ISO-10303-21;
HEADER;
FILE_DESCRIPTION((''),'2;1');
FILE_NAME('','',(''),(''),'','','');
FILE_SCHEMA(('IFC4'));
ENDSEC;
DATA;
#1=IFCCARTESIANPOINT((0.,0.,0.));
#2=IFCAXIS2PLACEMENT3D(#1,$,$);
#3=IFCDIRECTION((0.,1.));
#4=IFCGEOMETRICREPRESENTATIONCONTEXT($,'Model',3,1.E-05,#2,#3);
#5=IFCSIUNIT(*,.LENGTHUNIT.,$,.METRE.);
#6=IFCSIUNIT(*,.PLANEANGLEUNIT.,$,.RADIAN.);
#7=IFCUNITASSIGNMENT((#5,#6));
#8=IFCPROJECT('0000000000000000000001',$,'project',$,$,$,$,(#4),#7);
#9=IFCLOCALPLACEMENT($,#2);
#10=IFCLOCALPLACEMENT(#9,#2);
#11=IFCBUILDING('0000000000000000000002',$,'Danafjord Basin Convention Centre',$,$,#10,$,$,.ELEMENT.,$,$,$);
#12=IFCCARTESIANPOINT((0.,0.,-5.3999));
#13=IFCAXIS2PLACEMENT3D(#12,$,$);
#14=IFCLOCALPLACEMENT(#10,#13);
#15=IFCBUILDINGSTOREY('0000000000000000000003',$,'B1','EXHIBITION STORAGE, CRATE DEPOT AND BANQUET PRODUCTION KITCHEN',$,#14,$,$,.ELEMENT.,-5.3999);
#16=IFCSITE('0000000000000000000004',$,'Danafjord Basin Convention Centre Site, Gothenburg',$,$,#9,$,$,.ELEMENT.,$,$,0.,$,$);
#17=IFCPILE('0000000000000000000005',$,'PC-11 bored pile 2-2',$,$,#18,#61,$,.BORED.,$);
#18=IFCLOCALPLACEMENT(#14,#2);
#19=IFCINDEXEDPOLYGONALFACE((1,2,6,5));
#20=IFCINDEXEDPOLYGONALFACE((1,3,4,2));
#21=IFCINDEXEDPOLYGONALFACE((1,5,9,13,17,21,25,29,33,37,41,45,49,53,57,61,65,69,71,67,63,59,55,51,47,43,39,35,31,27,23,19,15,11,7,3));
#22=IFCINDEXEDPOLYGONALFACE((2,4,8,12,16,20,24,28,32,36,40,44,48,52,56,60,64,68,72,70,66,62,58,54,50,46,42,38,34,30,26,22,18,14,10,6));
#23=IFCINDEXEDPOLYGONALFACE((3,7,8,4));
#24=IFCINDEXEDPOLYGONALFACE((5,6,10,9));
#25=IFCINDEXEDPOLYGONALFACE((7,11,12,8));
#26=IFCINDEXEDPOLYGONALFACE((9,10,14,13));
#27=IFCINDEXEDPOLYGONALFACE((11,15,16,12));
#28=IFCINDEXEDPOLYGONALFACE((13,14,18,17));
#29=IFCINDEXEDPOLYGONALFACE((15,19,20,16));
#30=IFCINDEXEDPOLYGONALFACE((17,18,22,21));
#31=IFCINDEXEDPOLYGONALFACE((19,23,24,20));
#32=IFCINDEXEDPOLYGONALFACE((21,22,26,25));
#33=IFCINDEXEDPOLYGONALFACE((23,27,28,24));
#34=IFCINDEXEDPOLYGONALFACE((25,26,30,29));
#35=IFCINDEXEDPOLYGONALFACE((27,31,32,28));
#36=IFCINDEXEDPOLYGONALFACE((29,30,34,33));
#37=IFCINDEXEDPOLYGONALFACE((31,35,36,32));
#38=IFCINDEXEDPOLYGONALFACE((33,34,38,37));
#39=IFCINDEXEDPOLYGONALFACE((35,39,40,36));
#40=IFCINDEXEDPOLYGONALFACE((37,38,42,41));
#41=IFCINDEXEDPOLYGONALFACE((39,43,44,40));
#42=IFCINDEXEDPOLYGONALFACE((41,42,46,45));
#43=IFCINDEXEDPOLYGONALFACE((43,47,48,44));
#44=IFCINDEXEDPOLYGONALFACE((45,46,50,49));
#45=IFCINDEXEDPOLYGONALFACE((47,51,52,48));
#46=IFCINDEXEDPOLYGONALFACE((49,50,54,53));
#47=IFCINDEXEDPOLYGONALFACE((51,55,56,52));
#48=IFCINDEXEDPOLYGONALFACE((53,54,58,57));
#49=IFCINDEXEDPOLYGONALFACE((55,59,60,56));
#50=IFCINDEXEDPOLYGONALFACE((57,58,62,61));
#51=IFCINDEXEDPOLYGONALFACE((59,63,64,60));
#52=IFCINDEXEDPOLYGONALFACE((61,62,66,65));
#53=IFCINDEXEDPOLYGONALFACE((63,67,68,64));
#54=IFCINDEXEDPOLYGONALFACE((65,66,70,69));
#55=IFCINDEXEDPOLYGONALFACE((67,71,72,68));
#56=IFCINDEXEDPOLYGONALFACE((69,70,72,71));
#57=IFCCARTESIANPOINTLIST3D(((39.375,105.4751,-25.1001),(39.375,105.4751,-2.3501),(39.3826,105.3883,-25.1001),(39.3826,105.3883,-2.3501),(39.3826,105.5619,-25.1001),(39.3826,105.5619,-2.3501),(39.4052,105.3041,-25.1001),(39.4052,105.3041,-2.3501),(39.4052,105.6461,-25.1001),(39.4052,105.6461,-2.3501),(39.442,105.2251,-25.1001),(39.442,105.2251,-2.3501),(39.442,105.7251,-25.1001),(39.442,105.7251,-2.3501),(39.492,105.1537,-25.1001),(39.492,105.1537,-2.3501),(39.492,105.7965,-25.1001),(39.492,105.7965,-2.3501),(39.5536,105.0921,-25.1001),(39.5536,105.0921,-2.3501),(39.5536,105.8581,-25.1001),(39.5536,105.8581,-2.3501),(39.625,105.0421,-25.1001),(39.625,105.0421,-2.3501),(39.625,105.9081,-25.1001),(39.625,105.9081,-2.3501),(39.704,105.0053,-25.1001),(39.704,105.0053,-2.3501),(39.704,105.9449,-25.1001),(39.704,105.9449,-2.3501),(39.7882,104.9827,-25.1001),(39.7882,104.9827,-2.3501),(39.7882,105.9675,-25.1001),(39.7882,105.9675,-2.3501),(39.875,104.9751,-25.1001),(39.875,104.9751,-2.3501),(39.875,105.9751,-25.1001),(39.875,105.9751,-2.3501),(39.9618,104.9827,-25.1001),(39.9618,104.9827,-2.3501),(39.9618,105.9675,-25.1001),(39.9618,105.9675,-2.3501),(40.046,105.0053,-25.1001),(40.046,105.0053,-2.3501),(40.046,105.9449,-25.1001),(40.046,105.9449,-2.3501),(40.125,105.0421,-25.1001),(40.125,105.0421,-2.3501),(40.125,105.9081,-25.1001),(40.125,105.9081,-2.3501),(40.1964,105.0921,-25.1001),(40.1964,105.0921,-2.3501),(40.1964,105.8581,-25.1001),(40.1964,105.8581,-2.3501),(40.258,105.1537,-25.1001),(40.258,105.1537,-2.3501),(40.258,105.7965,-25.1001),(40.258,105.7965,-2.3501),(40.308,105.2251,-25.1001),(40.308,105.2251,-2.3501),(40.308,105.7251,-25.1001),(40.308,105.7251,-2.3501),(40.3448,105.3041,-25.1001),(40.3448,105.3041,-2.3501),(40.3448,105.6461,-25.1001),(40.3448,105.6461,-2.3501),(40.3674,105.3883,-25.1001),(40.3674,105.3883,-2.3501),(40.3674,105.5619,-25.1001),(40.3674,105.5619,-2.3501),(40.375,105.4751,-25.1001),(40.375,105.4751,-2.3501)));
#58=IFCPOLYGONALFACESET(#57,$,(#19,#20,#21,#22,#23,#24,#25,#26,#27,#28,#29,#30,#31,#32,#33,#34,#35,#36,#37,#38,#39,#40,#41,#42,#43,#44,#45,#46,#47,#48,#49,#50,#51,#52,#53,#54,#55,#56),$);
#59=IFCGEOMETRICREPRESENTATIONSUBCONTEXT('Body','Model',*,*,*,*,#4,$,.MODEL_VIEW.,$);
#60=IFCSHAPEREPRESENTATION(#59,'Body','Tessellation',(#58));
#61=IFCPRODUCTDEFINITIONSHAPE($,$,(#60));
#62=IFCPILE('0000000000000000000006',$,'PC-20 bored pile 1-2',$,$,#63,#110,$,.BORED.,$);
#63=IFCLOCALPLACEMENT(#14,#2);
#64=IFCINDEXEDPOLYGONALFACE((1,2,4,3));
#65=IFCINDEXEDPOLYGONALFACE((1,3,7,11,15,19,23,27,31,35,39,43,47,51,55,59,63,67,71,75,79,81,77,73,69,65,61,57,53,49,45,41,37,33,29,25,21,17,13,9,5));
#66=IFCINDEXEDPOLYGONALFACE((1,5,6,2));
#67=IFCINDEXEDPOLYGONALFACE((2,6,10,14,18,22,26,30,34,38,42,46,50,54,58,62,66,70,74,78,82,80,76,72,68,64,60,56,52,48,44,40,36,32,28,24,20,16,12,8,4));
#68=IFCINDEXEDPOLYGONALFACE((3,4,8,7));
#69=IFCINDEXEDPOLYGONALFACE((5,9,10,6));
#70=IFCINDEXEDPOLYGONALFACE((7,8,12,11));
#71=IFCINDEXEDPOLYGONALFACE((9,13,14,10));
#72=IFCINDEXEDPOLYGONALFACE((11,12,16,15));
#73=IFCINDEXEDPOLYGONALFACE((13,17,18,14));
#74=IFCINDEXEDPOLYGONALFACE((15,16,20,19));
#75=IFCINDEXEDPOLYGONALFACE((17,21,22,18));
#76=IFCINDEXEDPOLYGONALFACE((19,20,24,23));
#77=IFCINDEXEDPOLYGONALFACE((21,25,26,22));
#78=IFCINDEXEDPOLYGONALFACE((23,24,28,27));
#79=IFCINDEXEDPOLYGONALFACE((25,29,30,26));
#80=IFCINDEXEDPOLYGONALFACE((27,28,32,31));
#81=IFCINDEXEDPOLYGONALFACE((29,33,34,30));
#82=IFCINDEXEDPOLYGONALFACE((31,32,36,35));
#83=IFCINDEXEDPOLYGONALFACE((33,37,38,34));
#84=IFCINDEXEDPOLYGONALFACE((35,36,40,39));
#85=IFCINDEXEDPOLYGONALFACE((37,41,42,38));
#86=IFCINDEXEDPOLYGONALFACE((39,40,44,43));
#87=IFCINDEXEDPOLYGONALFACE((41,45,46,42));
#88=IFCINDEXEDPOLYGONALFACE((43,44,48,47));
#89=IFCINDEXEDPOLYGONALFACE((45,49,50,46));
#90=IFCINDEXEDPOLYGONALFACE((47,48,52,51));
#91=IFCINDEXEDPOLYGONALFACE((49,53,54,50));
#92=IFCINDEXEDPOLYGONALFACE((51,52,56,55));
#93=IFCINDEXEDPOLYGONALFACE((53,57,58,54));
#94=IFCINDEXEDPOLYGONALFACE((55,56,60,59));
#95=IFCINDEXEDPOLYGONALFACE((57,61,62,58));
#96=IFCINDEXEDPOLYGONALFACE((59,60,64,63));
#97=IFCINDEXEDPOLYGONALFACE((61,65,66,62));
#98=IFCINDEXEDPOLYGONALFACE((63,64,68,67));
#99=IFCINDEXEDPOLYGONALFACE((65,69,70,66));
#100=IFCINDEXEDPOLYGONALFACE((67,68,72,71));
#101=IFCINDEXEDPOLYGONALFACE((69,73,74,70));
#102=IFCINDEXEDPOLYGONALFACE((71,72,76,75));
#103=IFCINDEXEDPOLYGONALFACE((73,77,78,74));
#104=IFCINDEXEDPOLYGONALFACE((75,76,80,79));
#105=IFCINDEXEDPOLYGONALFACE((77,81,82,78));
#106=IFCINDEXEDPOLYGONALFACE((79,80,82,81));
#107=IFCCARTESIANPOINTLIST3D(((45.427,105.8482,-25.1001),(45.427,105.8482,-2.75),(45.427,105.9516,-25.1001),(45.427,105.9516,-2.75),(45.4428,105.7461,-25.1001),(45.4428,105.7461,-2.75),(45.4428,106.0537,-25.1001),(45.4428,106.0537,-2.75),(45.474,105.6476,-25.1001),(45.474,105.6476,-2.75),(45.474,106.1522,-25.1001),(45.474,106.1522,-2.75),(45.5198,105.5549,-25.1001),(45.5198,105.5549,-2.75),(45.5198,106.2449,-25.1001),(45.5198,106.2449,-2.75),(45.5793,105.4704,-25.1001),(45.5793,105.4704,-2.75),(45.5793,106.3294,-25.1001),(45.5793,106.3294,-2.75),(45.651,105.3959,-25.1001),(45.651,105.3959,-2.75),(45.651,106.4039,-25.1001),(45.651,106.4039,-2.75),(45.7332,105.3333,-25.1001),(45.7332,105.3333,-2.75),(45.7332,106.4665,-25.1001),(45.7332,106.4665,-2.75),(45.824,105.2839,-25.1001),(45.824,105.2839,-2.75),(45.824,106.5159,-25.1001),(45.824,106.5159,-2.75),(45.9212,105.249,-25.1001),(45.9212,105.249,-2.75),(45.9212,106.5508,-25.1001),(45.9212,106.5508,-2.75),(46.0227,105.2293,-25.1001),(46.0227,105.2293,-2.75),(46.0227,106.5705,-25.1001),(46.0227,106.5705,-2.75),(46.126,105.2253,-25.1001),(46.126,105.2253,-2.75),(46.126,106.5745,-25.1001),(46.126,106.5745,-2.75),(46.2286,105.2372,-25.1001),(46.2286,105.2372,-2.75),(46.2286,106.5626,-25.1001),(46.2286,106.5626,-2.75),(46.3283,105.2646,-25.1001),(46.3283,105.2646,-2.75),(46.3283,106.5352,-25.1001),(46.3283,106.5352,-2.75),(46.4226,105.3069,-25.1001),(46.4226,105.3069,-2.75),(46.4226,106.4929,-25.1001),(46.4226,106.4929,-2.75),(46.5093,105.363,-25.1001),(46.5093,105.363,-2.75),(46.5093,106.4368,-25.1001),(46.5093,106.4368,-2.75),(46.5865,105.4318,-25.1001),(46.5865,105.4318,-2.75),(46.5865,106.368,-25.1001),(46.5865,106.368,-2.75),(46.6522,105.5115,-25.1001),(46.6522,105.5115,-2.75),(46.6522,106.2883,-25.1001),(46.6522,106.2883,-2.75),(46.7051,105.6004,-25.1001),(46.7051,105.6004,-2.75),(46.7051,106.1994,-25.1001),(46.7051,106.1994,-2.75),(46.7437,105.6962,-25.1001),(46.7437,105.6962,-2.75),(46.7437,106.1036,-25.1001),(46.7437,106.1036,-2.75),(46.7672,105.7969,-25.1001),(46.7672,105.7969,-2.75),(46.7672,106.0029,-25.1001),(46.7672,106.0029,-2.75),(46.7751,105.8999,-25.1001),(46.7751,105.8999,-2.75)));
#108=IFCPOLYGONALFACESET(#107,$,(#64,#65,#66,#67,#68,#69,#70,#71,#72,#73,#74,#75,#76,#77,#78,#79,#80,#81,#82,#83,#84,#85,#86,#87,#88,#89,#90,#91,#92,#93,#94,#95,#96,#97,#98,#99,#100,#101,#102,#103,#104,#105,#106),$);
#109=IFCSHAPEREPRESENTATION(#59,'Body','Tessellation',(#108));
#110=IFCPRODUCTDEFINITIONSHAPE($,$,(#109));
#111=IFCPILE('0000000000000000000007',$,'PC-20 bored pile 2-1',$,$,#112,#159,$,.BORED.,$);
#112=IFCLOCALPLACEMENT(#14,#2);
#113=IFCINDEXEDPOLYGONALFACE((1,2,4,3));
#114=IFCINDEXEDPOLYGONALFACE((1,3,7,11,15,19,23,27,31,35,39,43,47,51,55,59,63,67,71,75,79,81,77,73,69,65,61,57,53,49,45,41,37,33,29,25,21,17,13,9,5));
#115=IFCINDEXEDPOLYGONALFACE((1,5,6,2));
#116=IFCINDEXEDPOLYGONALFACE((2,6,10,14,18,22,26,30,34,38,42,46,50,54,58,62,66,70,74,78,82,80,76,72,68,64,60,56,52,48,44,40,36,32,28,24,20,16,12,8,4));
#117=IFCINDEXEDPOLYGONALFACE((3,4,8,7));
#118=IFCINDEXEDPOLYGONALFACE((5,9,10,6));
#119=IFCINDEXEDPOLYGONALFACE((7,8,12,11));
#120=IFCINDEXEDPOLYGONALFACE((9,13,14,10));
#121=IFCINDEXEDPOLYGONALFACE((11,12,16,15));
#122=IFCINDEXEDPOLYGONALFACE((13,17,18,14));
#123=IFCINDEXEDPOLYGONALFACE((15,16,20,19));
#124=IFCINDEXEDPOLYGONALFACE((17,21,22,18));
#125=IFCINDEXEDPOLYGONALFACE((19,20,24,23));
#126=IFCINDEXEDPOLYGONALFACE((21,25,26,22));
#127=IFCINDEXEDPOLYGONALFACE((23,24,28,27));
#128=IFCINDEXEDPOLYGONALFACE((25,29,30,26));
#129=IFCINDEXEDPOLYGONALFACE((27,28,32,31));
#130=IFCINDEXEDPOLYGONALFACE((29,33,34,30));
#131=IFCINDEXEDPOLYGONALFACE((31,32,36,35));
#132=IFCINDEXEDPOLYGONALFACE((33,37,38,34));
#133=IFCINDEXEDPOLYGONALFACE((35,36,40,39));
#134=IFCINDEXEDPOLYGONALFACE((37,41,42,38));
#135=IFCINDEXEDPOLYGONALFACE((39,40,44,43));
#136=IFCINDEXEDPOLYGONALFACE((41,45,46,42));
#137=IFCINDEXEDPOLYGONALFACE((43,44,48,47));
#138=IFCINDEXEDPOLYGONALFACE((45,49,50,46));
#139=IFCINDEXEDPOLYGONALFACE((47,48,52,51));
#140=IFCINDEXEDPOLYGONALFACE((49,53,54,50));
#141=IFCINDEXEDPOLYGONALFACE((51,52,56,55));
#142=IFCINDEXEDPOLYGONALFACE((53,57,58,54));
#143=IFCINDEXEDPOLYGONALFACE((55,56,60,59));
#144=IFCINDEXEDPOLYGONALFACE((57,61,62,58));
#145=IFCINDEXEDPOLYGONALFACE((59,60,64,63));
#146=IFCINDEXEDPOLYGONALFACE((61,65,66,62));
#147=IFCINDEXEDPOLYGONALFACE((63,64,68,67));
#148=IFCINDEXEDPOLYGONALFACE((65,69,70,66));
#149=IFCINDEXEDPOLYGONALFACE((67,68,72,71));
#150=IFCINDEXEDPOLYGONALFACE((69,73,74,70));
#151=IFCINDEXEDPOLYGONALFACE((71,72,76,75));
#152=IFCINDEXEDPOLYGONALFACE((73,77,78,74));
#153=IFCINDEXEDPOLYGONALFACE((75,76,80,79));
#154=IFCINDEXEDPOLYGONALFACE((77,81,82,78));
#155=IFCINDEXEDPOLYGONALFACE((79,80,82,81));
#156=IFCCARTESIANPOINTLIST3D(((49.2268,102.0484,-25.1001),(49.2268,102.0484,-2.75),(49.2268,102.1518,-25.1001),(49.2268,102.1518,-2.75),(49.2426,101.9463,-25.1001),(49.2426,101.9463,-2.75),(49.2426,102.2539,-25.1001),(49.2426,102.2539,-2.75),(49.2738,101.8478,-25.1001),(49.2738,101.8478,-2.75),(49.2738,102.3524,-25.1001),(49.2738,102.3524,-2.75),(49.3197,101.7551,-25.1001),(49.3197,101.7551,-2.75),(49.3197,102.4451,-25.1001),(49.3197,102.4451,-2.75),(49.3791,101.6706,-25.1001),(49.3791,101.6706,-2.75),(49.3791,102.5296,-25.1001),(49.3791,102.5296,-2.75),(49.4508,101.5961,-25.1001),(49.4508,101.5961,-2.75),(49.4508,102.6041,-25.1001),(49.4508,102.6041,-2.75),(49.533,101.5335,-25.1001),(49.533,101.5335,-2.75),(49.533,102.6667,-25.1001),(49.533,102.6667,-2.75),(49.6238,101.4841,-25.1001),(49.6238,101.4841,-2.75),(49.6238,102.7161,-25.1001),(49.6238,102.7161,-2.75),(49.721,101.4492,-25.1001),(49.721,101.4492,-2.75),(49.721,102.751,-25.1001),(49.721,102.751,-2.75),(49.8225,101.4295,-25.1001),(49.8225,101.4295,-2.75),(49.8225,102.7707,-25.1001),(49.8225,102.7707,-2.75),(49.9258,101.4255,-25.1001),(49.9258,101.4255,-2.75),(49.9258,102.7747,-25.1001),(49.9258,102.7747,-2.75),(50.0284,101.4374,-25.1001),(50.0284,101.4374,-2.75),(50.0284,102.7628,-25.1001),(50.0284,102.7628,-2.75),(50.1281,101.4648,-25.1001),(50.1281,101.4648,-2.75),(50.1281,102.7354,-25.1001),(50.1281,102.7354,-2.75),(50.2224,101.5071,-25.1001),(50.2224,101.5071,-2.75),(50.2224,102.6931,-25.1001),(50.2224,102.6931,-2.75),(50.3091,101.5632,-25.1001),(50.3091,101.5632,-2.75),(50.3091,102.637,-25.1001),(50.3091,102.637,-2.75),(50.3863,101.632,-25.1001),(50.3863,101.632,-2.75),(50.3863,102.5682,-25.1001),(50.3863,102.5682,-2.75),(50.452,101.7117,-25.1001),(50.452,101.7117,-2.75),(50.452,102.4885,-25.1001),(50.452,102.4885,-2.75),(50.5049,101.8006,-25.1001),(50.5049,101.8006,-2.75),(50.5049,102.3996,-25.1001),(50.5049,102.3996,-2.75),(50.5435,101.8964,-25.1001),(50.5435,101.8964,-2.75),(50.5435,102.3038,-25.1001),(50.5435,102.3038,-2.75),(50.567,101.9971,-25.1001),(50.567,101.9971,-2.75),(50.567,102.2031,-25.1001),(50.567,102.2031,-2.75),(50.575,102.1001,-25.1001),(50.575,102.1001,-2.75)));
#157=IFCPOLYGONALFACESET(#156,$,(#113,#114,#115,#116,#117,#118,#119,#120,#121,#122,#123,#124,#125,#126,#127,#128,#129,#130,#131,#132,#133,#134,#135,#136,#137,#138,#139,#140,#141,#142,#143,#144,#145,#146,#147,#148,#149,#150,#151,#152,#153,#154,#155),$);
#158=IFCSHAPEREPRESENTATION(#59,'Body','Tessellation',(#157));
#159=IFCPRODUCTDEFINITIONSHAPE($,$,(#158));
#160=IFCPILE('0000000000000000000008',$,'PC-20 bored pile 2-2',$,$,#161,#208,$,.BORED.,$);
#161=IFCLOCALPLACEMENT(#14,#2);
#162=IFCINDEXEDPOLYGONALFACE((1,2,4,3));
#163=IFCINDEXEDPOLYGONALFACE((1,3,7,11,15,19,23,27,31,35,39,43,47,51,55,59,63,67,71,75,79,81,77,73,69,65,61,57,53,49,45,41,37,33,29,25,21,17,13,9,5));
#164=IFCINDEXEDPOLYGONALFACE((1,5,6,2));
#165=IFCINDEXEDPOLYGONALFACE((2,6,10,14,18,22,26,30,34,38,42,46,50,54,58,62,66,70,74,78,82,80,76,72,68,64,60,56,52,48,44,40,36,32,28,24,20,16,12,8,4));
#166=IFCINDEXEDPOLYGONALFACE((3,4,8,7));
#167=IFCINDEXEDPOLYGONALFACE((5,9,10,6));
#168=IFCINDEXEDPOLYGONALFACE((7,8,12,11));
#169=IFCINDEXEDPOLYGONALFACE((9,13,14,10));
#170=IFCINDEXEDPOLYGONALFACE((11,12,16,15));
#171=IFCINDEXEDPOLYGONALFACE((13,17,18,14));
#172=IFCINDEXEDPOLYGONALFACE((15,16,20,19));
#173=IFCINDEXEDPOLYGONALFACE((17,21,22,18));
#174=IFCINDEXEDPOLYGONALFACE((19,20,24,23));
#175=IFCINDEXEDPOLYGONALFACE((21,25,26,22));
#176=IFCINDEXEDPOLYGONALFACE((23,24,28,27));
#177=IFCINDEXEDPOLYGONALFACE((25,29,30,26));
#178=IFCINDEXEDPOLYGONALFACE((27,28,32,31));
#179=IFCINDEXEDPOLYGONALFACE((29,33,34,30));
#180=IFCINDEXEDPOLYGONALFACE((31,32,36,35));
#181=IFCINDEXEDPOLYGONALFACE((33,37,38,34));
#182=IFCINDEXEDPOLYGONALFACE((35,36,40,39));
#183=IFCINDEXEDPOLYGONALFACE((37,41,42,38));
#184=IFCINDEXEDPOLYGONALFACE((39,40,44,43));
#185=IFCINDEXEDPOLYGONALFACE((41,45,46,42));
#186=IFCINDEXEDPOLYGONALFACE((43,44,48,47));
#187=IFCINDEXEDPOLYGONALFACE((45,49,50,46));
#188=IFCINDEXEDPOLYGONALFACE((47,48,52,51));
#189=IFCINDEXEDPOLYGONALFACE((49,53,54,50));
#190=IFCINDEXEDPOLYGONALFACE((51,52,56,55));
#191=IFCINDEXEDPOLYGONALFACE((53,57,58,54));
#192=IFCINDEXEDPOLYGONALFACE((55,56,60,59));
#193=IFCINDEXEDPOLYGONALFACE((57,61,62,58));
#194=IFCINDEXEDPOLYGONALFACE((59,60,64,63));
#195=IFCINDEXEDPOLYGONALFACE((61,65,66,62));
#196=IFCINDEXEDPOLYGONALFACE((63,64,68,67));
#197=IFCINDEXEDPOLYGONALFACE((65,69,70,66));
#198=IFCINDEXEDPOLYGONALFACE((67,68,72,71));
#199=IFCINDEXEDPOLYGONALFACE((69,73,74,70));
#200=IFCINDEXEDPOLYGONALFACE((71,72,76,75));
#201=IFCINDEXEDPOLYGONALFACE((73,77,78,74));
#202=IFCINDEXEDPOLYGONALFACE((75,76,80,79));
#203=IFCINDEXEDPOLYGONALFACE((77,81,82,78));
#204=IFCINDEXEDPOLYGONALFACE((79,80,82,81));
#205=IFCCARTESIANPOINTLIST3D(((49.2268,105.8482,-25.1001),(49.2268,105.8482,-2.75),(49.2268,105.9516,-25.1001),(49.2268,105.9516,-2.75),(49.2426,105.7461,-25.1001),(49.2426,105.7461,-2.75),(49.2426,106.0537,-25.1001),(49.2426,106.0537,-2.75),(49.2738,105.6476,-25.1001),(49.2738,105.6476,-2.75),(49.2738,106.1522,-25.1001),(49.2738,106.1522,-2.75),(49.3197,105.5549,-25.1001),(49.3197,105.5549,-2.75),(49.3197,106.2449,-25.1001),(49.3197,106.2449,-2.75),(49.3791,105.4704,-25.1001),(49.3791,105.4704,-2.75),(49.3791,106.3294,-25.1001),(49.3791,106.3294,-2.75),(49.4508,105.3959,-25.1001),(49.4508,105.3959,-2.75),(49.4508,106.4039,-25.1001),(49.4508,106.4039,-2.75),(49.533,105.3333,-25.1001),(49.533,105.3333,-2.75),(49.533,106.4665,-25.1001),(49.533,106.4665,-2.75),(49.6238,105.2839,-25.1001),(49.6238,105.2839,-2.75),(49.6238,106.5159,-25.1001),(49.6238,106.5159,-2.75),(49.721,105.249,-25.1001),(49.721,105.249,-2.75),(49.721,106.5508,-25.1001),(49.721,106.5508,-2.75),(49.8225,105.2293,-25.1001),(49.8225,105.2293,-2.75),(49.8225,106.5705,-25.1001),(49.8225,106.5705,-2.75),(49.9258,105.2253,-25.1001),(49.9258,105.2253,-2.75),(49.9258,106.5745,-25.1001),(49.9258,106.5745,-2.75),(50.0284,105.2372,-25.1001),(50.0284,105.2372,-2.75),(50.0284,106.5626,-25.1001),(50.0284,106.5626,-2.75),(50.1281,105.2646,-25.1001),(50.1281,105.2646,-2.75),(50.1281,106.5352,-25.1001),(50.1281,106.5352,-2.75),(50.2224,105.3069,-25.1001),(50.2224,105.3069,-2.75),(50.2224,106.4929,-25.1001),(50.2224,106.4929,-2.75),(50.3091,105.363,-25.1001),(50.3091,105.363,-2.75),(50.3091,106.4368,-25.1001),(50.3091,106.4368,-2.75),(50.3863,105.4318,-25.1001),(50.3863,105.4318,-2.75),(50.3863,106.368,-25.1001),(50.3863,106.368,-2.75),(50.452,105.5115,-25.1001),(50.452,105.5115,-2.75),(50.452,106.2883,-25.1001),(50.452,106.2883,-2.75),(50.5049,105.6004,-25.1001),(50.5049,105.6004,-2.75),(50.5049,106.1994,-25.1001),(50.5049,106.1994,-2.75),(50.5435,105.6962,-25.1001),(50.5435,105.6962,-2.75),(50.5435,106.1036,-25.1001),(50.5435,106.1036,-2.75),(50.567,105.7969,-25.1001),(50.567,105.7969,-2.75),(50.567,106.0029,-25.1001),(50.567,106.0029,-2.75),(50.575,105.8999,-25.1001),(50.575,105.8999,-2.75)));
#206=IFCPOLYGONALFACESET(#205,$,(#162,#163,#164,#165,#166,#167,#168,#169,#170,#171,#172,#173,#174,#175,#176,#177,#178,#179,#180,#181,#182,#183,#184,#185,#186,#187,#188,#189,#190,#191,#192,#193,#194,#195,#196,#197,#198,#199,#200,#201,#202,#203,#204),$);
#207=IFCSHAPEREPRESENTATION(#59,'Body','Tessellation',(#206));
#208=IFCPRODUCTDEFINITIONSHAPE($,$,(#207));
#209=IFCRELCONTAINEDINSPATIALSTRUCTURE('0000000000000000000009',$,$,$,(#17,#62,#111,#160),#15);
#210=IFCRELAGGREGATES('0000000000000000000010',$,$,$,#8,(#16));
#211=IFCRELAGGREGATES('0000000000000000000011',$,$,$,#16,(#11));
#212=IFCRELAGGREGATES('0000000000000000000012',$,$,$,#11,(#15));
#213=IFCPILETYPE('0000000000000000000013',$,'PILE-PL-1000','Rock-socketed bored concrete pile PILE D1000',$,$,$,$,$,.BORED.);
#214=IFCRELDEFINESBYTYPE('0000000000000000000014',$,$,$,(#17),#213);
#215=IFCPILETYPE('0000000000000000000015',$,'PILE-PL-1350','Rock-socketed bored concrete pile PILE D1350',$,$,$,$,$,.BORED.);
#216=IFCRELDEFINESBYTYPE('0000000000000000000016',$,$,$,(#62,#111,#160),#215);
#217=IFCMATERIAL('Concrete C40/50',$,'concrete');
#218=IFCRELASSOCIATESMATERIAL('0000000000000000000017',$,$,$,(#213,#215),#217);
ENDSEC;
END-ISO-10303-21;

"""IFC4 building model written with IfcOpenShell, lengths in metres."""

from ifc_helpers import new_model, si_unit, direction, frame, origin, origin_2d, place, context, subcontext, project, spatial, circle, extrude, material, material_profile, profile_set, type_object, element, save


model = new_model("IFC4")

# Units and contexts
model_context = context("Model", 3, precision=1e-05, world=origin(), true_north=direction((0.0, 1.0)))
body_context = subcontext(model_context, "Body", "Model", "MODEL_VIEW")
ifc_project = project(units=[si_unit("LENGTHUNIT", "METRE"), si_unit("PLANEANGLEUNIT", "RADIAN")], contexts=[model_context])

# Site, building, storey
site_placement = place(None, origin())
site = spatial("IfcSite", under=ifc_project, at=site_placement, Name="Danafjord Basin Convention Centre Site, Gothenburg", CompositionType="ELEMENT", RefElevation=0.0)
building_placement = place(site_placement, origin())
building = spatial("IfcBuilding", under=site, at=building_placement, Name="Danafjord Basin Convention Centre", CompositionType="ELEMENT")
storey_placement = place(building_placement, frame((0.0, 0.0, -5.3999)))
storey = spatial("IfcBuildingStorey", under=building, at=storey_placement, Name="B1", Description="EXHIBITION STORAGE, CRATE DEPOT AND BANQUET PRODUCTION KITCHEN", CompositionType="ELEMENT", Elevation=-5.3999)

# Shared definitions
ifc_material_1 = material(Name="Concrete C40/50", Category="concrete")

# Piles
ifc_material_profile_1 = material_profile(ifc_material_1, circle(Radius=0.5, at=origin_2d()), Name="PILE D1000")
ifc_profile_set_1 = profile_set([ifc_material_profile_1], Name="Concrete C40/50")
pile_type_1 = type_object("IfcPileType", Name="PILE-PL-1000", Description="Rock-socketed bored concrete pile PILE D1000", PredefinedType="BORED", material=ifc_profile_set_1)
for number, where, z_axis, x_axis, name in (
    (1, (39.875, 105.4751, -2.3501), (0.0, 0.0, -1.0), (1.0, 0.0, 0.0), "PC-11 bored pile 2-2"),
):
    element("IfcPile", number, at=place(storey_placement, frame(where, z_axis=z_axis, x_axis=x_axis)), inside=storey, type_object=pile_type_1, Name=name, PredefinedType="BORED", context=body_context, shape_type="SweptSolid", body=[
        extrude(circle(Radius=0.5, at=origin_2d()), origin(), (0.0, 0.0, 1.0), 22.75),
    ])
ifc_material_profile_2 = material_profile(ifc_material_1, circle(Radius=0.675, at=origin_2d()), Name="PILE D1350")
ifc_profile_set_2 = profile_set([ifc_material_profile_2], Name="Concrete C40/50")
pile_type_2 = type_object("IfcPileType", Name="PILE-PL-1350", Description="Rock-socketed bored concrete pile PILE D1350", PredefinedType="BORED", material=ifc_profile_set_2)
for number, where, z_axis, x_axis, name in (
    (2, (46.1001, 105.8999, -2.75), (0.0, 0.0, -1.0), (1.0, 0.0, 0.0), "PC-20 bored pile 1-2"),
    (3, (49.8999, 102.1001, -2.75), (0.0, 0.0, -1.0), (1.0, 0.0, 0.0), "PC-20 bored pile 2-1"),
    (4, (49.8999, 105.8999, -2.75), (0.0, 0.0, -1.0), (1.0, 0.0, 0.0), "PC-20 bored pile 2-2"),
):
    element("IfcPile", number, at=place(storey_placement, frame(where, z_axis=z_axis, x_axis=x_axis)), inside=storey, type_object=pile_type_2, Name=name, PredefinedType="BORED", context=body_context, shape_type="SweptSolid", body=[
        extrude(circle(Radius=0.675, at=origin_2d()), origin(), (0.0, 0.0, 1.0), 22.3501),
    ])

save(model, "model.ifc")
